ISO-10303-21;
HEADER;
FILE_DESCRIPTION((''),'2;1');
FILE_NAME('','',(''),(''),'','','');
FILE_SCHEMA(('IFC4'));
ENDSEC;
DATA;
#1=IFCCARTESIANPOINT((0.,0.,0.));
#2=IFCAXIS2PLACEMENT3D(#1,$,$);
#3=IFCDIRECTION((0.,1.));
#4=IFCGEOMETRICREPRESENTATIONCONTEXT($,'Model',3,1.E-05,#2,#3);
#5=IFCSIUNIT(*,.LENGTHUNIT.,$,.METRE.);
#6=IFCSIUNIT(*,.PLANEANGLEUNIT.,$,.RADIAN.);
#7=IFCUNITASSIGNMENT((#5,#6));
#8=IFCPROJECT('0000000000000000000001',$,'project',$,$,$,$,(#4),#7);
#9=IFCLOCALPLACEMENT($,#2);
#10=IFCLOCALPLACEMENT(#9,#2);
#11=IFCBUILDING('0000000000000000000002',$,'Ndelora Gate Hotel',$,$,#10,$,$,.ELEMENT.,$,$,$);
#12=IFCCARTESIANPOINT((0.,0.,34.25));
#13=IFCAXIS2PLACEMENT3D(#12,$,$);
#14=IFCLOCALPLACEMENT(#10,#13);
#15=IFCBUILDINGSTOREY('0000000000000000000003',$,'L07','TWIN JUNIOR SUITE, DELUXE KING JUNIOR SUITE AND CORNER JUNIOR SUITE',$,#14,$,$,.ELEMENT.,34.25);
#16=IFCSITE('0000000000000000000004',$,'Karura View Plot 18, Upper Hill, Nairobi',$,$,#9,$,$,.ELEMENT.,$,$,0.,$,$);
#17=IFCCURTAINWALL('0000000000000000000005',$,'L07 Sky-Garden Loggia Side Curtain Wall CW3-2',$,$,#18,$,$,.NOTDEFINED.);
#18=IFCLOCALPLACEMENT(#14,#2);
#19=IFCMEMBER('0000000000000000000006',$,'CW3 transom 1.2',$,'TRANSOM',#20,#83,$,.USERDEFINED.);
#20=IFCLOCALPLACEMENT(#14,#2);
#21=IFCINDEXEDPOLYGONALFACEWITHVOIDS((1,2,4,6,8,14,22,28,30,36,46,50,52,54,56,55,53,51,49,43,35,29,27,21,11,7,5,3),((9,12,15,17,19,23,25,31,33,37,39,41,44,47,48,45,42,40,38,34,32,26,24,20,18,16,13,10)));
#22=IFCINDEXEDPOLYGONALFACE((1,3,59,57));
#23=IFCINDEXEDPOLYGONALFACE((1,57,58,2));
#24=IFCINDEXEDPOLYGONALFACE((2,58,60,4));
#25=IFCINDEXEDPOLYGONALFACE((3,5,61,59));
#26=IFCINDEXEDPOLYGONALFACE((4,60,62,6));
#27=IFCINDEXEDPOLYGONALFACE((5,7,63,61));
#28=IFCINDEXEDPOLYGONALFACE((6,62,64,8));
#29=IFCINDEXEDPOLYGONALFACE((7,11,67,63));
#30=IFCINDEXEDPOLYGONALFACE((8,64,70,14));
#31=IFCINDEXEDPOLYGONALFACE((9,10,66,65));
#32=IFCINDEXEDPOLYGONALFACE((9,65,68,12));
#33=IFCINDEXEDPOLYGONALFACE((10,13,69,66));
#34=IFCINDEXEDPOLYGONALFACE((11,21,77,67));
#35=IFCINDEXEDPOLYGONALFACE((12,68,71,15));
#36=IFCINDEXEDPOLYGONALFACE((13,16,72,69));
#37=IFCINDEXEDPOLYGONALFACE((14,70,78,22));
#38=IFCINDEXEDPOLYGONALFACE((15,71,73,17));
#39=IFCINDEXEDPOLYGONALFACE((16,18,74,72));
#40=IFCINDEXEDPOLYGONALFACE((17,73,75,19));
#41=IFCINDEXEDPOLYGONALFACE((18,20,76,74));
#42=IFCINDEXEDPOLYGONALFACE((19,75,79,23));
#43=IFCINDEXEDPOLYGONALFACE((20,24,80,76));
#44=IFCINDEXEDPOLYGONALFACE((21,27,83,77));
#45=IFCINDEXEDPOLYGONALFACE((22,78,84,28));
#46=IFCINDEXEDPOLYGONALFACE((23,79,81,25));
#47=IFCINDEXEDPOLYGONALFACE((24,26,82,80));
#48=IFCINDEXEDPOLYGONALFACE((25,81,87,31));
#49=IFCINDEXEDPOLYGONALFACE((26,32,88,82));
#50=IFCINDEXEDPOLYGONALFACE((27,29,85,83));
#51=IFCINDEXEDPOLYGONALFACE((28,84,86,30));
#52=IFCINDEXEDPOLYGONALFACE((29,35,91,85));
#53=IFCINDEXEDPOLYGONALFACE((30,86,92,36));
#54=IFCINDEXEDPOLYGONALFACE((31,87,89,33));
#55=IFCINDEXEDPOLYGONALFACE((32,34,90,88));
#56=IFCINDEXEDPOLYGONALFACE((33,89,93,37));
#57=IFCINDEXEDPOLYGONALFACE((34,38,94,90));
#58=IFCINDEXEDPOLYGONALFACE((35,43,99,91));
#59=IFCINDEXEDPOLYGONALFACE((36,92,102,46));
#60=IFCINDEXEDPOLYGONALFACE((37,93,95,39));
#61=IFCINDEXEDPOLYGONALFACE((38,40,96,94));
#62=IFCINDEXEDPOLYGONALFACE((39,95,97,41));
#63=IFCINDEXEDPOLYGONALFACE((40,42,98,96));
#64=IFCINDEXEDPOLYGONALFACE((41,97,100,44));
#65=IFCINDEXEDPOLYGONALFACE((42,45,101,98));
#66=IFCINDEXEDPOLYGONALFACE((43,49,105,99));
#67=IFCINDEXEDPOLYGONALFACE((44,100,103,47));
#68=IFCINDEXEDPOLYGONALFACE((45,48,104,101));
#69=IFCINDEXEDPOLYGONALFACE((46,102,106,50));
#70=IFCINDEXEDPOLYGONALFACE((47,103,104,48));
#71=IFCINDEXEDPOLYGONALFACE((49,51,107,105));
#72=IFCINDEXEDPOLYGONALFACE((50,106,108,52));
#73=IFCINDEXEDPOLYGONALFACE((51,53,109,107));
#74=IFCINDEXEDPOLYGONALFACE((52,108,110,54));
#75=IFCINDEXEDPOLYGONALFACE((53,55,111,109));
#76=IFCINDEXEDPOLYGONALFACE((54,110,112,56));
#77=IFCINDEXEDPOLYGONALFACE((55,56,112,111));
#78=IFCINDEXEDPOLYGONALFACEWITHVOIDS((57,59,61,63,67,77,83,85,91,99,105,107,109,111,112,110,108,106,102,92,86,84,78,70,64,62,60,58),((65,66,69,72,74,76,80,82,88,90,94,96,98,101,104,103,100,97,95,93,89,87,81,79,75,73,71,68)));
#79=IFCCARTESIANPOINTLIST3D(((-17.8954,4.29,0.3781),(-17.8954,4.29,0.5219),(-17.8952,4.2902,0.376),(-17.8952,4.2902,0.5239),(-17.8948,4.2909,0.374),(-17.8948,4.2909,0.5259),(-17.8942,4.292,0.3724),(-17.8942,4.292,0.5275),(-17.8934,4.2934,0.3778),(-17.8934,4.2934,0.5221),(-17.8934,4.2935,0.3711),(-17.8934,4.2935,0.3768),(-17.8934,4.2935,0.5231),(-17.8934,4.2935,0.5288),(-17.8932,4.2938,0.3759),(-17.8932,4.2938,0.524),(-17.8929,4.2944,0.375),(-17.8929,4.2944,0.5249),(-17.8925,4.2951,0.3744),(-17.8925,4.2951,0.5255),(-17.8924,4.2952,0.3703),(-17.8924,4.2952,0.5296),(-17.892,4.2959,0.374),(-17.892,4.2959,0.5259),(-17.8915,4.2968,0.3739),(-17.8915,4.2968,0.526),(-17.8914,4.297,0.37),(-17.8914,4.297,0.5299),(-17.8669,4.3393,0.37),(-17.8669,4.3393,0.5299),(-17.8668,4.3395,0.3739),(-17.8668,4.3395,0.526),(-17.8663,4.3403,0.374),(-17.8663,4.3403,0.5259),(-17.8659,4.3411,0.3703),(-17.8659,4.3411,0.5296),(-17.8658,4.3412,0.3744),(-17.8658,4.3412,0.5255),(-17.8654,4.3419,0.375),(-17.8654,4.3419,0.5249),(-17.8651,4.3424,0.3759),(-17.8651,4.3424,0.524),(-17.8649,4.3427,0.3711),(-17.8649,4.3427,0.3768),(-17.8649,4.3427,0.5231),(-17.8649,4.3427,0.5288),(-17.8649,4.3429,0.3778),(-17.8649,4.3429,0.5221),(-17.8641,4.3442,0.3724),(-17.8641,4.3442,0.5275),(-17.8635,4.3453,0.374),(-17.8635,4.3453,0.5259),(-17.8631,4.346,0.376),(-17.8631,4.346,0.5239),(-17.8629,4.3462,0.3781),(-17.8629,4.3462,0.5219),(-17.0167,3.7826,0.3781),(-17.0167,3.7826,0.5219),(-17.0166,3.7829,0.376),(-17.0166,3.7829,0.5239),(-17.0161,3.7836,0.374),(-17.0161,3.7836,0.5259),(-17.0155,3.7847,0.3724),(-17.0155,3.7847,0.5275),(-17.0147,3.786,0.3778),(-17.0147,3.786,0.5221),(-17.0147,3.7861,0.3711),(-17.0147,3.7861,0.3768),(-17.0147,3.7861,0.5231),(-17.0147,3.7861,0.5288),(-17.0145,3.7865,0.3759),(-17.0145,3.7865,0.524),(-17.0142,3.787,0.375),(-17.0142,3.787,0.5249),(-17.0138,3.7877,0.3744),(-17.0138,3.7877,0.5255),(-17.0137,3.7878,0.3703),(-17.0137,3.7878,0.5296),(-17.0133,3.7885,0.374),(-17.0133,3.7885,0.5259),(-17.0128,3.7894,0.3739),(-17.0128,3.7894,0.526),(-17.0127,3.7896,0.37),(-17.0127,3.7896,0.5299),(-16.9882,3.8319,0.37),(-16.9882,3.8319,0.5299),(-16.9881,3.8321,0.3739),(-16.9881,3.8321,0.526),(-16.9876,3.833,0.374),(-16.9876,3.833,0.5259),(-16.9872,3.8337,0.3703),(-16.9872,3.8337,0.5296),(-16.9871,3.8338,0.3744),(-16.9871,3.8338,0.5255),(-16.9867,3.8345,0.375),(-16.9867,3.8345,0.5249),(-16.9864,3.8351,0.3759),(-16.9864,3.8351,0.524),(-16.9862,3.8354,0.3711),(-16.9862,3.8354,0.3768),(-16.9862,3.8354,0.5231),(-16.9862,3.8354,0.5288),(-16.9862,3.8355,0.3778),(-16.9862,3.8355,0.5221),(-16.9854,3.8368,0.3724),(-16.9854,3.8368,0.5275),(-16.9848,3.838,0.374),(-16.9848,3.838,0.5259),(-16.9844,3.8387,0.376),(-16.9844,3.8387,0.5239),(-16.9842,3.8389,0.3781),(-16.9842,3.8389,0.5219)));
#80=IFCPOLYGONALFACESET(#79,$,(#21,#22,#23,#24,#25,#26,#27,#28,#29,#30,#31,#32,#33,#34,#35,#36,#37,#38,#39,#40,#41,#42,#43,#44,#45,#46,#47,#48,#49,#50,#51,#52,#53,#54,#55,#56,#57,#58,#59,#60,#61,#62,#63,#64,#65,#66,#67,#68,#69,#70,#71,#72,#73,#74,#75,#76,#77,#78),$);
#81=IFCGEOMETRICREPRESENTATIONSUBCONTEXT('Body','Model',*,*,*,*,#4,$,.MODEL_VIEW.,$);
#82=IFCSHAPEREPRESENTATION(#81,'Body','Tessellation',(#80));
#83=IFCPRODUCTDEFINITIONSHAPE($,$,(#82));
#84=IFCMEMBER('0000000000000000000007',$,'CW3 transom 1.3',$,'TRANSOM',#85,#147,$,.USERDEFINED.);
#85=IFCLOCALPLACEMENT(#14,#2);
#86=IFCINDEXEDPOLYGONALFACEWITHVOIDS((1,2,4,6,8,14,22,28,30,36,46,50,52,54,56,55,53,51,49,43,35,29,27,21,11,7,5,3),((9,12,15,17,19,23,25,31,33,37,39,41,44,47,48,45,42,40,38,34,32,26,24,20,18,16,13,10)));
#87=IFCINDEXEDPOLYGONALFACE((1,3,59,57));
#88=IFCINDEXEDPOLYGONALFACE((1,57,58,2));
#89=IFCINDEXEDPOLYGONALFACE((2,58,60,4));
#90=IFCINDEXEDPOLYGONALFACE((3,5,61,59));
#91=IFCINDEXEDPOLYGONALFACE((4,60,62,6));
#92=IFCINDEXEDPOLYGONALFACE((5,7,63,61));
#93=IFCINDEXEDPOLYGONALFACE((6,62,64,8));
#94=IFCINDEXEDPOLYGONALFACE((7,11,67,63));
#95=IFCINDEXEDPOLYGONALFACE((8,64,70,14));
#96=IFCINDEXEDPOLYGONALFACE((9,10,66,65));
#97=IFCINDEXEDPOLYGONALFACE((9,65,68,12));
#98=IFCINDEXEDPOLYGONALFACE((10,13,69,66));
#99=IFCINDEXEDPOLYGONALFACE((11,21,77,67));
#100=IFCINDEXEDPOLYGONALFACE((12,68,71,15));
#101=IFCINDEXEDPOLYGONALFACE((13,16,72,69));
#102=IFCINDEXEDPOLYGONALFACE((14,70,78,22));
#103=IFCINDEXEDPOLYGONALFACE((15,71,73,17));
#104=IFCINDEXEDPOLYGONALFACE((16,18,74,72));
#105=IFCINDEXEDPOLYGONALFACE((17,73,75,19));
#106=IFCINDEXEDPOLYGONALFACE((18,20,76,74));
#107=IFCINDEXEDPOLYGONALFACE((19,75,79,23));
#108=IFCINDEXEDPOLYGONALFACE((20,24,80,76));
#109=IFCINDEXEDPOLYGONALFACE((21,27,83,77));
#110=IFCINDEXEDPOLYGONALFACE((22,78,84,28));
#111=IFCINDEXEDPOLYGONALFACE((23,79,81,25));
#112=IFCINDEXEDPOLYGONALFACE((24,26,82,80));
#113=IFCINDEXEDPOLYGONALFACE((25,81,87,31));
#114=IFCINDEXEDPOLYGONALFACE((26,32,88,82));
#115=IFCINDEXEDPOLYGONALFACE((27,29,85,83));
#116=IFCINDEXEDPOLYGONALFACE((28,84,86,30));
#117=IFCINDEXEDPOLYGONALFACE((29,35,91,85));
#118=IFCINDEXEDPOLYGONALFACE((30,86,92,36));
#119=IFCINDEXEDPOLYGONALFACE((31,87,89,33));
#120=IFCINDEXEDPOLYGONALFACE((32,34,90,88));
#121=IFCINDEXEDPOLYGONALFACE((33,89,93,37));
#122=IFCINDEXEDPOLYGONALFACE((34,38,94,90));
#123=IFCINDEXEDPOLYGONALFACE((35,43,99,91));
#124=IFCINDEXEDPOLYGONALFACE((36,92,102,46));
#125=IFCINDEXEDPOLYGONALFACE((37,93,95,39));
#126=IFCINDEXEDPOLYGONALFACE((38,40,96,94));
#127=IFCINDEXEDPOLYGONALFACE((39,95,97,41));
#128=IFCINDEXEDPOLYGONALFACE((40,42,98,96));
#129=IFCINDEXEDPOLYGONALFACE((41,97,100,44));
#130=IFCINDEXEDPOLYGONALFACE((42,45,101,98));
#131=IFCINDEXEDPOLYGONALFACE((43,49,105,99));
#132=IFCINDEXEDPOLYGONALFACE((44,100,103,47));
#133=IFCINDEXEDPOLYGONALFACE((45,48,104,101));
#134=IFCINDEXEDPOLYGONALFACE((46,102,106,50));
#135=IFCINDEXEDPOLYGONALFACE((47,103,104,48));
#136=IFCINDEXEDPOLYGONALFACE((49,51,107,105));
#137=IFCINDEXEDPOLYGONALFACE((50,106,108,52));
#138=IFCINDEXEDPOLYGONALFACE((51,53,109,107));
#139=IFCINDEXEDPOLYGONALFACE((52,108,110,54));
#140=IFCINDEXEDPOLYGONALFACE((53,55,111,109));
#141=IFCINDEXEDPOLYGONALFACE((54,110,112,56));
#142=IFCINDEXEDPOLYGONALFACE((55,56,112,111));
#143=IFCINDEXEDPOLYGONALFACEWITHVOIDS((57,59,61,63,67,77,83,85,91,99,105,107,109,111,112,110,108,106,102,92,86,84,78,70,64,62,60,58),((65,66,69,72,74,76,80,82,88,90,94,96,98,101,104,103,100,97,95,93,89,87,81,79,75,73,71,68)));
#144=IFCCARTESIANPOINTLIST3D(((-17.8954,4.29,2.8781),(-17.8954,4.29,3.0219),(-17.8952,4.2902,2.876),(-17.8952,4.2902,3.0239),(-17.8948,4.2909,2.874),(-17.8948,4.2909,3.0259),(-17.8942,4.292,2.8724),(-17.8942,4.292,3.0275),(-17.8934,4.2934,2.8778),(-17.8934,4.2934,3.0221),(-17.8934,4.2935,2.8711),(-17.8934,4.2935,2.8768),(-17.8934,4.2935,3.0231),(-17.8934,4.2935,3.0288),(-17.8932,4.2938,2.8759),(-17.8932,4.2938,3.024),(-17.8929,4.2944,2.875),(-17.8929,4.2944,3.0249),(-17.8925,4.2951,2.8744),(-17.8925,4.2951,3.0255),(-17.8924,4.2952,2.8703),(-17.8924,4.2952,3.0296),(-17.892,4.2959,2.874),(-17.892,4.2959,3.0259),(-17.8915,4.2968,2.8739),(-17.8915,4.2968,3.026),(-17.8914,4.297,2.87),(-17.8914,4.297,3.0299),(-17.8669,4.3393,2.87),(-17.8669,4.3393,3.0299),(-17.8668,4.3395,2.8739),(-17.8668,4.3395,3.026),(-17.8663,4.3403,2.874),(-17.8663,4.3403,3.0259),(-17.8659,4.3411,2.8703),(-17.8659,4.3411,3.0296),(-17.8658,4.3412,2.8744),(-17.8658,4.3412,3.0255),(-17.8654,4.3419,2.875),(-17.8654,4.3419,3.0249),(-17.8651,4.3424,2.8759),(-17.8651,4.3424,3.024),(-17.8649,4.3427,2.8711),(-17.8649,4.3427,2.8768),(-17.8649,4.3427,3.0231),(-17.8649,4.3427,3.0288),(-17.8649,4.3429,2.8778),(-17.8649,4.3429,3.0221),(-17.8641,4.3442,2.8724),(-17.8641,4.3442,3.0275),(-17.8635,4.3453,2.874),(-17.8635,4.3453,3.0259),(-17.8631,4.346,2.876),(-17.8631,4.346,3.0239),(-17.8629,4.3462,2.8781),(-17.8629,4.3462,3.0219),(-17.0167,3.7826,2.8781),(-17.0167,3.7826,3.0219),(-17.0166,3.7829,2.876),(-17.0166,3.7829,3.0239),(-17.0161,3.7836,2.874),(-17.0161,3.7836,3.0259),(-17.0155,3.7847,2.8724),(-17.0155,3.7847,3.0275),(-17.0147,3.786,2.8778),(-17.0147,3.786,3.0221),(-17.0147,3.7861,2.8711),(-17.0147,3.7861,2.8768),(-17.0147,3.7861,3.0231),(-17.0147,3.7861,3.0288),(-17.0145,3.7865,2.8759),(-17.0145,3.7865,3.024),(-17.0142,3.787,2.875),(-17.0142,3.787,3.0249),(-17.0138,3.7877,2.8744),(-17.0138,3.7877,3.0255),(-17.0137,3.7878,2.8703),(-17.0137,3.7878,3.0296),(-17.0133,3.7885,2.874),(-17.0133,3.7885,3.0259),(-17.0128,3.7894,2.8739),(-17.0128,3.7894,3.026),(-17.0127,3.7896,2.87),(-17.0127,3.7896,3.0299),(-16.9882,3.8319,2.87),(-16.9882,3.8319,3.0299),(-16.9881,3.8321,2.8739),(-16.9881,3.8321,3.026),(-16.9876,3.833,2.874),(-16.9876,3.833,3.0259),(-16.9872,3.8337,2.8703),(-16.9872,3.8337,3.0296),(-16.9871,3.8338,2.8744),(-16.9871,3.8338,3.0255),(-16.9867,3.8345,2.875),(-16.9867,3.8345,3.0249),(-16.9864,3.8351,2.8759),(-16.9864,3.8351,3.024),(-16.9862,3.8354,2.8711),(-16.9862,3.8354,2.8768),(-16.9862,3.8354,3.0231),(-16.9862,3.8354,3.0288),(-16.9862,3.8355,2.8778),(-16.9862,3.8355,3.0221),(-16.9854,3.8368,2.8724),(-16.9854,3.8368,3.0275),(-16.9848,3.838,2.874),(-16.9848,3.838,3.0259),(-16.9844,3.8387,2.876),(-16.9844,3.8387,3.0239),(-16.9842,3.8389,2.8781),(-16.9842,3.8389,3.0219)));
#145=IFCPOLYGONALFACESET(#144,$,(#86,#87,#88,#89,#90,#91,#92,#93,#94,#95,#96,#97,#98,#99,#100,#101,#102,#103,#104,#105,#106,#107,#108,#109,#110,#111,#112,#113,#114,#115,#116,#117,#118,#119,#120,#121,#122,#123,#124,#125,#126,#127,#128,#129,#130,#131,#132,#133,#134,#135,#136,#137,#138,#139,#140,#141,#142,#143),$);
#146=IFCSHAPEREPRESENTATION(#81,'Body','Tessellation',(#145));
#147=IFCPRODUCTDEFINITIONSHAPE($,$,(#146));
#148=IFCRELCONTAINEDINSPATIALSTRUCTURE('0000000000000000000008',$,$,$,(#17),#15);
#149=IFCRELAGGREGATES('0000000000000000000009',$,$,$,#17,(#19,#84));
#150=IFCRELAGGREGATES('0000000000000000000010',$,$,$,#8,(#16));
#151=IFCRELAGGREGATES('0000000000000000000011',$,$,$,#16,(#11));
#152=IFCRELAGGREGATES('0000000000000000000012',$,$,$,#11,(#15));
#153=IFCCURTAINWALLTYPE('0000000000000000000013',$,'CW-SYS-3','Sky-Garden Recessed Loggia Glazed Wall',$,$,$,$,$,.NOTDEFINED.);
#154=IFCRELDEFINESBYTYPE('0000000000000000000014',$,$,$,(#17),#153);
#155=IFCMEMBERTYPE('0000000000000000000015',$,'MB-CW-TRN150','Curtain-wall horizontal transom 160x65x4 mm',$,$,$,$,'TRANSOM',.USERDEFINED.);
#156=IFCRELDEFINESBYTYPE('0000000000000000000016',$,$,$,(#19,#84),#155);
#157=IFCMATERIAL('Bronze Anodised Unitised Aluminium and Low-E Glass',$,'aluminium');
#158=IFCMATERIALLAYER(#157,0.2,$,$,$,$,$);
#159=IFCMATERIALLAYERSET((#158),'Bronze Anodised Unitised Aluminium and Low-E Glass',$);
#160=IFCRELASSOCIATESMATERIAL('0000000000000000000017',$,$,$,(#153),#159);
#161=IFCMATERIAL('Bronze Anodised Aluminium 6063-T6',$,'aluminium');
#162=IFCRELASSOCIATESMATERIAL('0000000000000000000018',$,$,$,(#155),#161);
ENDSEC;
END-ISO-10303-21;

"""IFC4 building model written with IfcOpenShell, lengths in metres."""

from ifc_helpers import new_model, si_unit, direction, frame, origin, origin_2d, place, context, subcontext, project, spatial, hollow_rectangle, extrude, material, layer, layer_set, material_profile, profile_set, type_object, element, aggregate, save


model = new_model("IFC4")

# Units and contexts
model_context = context("Model", 3, precision=1e-05, world=origin(), true_north=direction((0.0, 1.0)))
body_context = subcontext(model_context, "Body", "Model", "MODEL_VIEW")
ifc_project = project(units=[si_unit("LENGTHUNIT", "METRE"), si_unit("PLANEANGLEUNIT", "RADIAN")], contexts=[model_context])

# Site, building, storey
site_placement = place(None, origin())
site = spatial("IfcSite", under=ifc_project, at=site_placement, Name="Karura View Plot 18, Upper Hill, Nairobi", CompositionType="ELEMENT", RefElevation=0.0)
building_placement = place(site_placement, origin())
building = spatial("IfcBuilding", under=site, at=building_placement, Name="Ndelora Gate Hotel", CompositionType="ELEMENT")
storey_placement = place(building_placement, frame((0.0, 0.0, 34.25)))
storey = spatial("IfcBuildingStorey", under=building, at=storey_placement, Name="L07", Description="TWIN JUNIOR SUITE, DELUXE KING JUNIOR SUITE AND CORNER JUNIOR SUITE", CompositionType="ELEMENT", Elevation=34.25)

# Curtain wall, members
ifc_material_1 = material(Name="Bronze Anodised Unitised Aluminium and Low-E Glass", Category="aluminium")
ifc_layer_1 = layer(ifc_material_1, 0.2)
ifc_layer_set_1 = layer_set([ifc_layer_1], Name="Bronze Anodised Unitised Aluminium and Low-E Glass")
curtain_wall_type = type_object("IfcCurtainWallType", Name="CW-SYS-3", Description="Sky-Garden Recessed Loggia Glazed Wall", PredefinedType="NOTDEFINED", material=ifc_layer_set_1)
curtain_wall_placement = place(storey_placement, origin())
curtain_wall = element("IfcCurtainWall", 1, at=curtain_wall_placement, inside=storey, type_object=curtain_wall_type, Name="L07 Sky-Garden Loggia Side Curtain Wall CW3-2", PredefinedType="NOTDEFINED")
ifc_material_2 = material(Name="Bronze Anodised Aluminium 6063-T6", Category="aluminium")
ifc_material_profile_1 = material_profile(ifc_material_2, hollow_rectangle(XDim=0.0649, YDim=0.1599, WallThickness=0.0039, InnerFilletRadius=0.0039, OuterFilletRadius=0.0081, at=origin_2d()), Name="ALU 160x65x4")
ifc_profile_set_1 = profile_set([ifc_material_profile_1], Name="Bronze Anodised Aluminium 6063-T6")
member_type_1 = type_object("IfcMemberType", Name="MB-CW-TRN150", Description="Curtain-wall horizontal transom 160x65x4 mm", ElementType="TRANSOM", PredefinedType="USERDEFINED", material=ifc_profile_set_1)
member_1_placement = place(storey_placement, frame((-17.8792, 4.3181, 0.45), z_axis=(0.866013, -0.500021, 0.0), x_axis=(0.500021, 0.866013, 0.0)))
member_1 = element("IfcMember", 2, at=member_1_placement, type_object=member_type_1, Name="CW3 transom 1.2", ObjectType="TRANSOM", PredefinedType="USERDEFINED", context=body_context, shape_type="SweptSolid", body=[
    extrude(hollow_rectangle(XDim=0.0649, YDim=0.1599, WallThickness=0.0039, InnerFilletRadius=0.0039, OuterFilletRadius=0.0081, at=origin_2d()), origin(), (0.0, 0.0, 1.0), 1.0146),
])
member_2_placement = place(storey_placement, frame((-17.8792, 4.3181, 2.95), z_axis=(0.866013, -0.500021, 0.0), x_axis=(0.500021, 0.866013, 0.0)))
member_2 = element("IfcMember", 3, at=member_2_placement, type_object=member_type_1, Name="CW3 transom 1.3", ObjectType="TRANSOM", PredefinedType="USERDEFINED", context=body_context, shape_type="SweptSolid", body=[
    extrude(hollow_rectangle(XDim=0.0649, YDim=0.1599, WallThickness=0.0039, InnerFilletRadius=0.0039, OuterFilletRadius=0.0081, at=origin_2d()), origin(), (0.0, 0.0, 1.0), 1.0146),
])
aggregate(curtain_wall, [member_1, member_2])

save(model, "model.ifc")
